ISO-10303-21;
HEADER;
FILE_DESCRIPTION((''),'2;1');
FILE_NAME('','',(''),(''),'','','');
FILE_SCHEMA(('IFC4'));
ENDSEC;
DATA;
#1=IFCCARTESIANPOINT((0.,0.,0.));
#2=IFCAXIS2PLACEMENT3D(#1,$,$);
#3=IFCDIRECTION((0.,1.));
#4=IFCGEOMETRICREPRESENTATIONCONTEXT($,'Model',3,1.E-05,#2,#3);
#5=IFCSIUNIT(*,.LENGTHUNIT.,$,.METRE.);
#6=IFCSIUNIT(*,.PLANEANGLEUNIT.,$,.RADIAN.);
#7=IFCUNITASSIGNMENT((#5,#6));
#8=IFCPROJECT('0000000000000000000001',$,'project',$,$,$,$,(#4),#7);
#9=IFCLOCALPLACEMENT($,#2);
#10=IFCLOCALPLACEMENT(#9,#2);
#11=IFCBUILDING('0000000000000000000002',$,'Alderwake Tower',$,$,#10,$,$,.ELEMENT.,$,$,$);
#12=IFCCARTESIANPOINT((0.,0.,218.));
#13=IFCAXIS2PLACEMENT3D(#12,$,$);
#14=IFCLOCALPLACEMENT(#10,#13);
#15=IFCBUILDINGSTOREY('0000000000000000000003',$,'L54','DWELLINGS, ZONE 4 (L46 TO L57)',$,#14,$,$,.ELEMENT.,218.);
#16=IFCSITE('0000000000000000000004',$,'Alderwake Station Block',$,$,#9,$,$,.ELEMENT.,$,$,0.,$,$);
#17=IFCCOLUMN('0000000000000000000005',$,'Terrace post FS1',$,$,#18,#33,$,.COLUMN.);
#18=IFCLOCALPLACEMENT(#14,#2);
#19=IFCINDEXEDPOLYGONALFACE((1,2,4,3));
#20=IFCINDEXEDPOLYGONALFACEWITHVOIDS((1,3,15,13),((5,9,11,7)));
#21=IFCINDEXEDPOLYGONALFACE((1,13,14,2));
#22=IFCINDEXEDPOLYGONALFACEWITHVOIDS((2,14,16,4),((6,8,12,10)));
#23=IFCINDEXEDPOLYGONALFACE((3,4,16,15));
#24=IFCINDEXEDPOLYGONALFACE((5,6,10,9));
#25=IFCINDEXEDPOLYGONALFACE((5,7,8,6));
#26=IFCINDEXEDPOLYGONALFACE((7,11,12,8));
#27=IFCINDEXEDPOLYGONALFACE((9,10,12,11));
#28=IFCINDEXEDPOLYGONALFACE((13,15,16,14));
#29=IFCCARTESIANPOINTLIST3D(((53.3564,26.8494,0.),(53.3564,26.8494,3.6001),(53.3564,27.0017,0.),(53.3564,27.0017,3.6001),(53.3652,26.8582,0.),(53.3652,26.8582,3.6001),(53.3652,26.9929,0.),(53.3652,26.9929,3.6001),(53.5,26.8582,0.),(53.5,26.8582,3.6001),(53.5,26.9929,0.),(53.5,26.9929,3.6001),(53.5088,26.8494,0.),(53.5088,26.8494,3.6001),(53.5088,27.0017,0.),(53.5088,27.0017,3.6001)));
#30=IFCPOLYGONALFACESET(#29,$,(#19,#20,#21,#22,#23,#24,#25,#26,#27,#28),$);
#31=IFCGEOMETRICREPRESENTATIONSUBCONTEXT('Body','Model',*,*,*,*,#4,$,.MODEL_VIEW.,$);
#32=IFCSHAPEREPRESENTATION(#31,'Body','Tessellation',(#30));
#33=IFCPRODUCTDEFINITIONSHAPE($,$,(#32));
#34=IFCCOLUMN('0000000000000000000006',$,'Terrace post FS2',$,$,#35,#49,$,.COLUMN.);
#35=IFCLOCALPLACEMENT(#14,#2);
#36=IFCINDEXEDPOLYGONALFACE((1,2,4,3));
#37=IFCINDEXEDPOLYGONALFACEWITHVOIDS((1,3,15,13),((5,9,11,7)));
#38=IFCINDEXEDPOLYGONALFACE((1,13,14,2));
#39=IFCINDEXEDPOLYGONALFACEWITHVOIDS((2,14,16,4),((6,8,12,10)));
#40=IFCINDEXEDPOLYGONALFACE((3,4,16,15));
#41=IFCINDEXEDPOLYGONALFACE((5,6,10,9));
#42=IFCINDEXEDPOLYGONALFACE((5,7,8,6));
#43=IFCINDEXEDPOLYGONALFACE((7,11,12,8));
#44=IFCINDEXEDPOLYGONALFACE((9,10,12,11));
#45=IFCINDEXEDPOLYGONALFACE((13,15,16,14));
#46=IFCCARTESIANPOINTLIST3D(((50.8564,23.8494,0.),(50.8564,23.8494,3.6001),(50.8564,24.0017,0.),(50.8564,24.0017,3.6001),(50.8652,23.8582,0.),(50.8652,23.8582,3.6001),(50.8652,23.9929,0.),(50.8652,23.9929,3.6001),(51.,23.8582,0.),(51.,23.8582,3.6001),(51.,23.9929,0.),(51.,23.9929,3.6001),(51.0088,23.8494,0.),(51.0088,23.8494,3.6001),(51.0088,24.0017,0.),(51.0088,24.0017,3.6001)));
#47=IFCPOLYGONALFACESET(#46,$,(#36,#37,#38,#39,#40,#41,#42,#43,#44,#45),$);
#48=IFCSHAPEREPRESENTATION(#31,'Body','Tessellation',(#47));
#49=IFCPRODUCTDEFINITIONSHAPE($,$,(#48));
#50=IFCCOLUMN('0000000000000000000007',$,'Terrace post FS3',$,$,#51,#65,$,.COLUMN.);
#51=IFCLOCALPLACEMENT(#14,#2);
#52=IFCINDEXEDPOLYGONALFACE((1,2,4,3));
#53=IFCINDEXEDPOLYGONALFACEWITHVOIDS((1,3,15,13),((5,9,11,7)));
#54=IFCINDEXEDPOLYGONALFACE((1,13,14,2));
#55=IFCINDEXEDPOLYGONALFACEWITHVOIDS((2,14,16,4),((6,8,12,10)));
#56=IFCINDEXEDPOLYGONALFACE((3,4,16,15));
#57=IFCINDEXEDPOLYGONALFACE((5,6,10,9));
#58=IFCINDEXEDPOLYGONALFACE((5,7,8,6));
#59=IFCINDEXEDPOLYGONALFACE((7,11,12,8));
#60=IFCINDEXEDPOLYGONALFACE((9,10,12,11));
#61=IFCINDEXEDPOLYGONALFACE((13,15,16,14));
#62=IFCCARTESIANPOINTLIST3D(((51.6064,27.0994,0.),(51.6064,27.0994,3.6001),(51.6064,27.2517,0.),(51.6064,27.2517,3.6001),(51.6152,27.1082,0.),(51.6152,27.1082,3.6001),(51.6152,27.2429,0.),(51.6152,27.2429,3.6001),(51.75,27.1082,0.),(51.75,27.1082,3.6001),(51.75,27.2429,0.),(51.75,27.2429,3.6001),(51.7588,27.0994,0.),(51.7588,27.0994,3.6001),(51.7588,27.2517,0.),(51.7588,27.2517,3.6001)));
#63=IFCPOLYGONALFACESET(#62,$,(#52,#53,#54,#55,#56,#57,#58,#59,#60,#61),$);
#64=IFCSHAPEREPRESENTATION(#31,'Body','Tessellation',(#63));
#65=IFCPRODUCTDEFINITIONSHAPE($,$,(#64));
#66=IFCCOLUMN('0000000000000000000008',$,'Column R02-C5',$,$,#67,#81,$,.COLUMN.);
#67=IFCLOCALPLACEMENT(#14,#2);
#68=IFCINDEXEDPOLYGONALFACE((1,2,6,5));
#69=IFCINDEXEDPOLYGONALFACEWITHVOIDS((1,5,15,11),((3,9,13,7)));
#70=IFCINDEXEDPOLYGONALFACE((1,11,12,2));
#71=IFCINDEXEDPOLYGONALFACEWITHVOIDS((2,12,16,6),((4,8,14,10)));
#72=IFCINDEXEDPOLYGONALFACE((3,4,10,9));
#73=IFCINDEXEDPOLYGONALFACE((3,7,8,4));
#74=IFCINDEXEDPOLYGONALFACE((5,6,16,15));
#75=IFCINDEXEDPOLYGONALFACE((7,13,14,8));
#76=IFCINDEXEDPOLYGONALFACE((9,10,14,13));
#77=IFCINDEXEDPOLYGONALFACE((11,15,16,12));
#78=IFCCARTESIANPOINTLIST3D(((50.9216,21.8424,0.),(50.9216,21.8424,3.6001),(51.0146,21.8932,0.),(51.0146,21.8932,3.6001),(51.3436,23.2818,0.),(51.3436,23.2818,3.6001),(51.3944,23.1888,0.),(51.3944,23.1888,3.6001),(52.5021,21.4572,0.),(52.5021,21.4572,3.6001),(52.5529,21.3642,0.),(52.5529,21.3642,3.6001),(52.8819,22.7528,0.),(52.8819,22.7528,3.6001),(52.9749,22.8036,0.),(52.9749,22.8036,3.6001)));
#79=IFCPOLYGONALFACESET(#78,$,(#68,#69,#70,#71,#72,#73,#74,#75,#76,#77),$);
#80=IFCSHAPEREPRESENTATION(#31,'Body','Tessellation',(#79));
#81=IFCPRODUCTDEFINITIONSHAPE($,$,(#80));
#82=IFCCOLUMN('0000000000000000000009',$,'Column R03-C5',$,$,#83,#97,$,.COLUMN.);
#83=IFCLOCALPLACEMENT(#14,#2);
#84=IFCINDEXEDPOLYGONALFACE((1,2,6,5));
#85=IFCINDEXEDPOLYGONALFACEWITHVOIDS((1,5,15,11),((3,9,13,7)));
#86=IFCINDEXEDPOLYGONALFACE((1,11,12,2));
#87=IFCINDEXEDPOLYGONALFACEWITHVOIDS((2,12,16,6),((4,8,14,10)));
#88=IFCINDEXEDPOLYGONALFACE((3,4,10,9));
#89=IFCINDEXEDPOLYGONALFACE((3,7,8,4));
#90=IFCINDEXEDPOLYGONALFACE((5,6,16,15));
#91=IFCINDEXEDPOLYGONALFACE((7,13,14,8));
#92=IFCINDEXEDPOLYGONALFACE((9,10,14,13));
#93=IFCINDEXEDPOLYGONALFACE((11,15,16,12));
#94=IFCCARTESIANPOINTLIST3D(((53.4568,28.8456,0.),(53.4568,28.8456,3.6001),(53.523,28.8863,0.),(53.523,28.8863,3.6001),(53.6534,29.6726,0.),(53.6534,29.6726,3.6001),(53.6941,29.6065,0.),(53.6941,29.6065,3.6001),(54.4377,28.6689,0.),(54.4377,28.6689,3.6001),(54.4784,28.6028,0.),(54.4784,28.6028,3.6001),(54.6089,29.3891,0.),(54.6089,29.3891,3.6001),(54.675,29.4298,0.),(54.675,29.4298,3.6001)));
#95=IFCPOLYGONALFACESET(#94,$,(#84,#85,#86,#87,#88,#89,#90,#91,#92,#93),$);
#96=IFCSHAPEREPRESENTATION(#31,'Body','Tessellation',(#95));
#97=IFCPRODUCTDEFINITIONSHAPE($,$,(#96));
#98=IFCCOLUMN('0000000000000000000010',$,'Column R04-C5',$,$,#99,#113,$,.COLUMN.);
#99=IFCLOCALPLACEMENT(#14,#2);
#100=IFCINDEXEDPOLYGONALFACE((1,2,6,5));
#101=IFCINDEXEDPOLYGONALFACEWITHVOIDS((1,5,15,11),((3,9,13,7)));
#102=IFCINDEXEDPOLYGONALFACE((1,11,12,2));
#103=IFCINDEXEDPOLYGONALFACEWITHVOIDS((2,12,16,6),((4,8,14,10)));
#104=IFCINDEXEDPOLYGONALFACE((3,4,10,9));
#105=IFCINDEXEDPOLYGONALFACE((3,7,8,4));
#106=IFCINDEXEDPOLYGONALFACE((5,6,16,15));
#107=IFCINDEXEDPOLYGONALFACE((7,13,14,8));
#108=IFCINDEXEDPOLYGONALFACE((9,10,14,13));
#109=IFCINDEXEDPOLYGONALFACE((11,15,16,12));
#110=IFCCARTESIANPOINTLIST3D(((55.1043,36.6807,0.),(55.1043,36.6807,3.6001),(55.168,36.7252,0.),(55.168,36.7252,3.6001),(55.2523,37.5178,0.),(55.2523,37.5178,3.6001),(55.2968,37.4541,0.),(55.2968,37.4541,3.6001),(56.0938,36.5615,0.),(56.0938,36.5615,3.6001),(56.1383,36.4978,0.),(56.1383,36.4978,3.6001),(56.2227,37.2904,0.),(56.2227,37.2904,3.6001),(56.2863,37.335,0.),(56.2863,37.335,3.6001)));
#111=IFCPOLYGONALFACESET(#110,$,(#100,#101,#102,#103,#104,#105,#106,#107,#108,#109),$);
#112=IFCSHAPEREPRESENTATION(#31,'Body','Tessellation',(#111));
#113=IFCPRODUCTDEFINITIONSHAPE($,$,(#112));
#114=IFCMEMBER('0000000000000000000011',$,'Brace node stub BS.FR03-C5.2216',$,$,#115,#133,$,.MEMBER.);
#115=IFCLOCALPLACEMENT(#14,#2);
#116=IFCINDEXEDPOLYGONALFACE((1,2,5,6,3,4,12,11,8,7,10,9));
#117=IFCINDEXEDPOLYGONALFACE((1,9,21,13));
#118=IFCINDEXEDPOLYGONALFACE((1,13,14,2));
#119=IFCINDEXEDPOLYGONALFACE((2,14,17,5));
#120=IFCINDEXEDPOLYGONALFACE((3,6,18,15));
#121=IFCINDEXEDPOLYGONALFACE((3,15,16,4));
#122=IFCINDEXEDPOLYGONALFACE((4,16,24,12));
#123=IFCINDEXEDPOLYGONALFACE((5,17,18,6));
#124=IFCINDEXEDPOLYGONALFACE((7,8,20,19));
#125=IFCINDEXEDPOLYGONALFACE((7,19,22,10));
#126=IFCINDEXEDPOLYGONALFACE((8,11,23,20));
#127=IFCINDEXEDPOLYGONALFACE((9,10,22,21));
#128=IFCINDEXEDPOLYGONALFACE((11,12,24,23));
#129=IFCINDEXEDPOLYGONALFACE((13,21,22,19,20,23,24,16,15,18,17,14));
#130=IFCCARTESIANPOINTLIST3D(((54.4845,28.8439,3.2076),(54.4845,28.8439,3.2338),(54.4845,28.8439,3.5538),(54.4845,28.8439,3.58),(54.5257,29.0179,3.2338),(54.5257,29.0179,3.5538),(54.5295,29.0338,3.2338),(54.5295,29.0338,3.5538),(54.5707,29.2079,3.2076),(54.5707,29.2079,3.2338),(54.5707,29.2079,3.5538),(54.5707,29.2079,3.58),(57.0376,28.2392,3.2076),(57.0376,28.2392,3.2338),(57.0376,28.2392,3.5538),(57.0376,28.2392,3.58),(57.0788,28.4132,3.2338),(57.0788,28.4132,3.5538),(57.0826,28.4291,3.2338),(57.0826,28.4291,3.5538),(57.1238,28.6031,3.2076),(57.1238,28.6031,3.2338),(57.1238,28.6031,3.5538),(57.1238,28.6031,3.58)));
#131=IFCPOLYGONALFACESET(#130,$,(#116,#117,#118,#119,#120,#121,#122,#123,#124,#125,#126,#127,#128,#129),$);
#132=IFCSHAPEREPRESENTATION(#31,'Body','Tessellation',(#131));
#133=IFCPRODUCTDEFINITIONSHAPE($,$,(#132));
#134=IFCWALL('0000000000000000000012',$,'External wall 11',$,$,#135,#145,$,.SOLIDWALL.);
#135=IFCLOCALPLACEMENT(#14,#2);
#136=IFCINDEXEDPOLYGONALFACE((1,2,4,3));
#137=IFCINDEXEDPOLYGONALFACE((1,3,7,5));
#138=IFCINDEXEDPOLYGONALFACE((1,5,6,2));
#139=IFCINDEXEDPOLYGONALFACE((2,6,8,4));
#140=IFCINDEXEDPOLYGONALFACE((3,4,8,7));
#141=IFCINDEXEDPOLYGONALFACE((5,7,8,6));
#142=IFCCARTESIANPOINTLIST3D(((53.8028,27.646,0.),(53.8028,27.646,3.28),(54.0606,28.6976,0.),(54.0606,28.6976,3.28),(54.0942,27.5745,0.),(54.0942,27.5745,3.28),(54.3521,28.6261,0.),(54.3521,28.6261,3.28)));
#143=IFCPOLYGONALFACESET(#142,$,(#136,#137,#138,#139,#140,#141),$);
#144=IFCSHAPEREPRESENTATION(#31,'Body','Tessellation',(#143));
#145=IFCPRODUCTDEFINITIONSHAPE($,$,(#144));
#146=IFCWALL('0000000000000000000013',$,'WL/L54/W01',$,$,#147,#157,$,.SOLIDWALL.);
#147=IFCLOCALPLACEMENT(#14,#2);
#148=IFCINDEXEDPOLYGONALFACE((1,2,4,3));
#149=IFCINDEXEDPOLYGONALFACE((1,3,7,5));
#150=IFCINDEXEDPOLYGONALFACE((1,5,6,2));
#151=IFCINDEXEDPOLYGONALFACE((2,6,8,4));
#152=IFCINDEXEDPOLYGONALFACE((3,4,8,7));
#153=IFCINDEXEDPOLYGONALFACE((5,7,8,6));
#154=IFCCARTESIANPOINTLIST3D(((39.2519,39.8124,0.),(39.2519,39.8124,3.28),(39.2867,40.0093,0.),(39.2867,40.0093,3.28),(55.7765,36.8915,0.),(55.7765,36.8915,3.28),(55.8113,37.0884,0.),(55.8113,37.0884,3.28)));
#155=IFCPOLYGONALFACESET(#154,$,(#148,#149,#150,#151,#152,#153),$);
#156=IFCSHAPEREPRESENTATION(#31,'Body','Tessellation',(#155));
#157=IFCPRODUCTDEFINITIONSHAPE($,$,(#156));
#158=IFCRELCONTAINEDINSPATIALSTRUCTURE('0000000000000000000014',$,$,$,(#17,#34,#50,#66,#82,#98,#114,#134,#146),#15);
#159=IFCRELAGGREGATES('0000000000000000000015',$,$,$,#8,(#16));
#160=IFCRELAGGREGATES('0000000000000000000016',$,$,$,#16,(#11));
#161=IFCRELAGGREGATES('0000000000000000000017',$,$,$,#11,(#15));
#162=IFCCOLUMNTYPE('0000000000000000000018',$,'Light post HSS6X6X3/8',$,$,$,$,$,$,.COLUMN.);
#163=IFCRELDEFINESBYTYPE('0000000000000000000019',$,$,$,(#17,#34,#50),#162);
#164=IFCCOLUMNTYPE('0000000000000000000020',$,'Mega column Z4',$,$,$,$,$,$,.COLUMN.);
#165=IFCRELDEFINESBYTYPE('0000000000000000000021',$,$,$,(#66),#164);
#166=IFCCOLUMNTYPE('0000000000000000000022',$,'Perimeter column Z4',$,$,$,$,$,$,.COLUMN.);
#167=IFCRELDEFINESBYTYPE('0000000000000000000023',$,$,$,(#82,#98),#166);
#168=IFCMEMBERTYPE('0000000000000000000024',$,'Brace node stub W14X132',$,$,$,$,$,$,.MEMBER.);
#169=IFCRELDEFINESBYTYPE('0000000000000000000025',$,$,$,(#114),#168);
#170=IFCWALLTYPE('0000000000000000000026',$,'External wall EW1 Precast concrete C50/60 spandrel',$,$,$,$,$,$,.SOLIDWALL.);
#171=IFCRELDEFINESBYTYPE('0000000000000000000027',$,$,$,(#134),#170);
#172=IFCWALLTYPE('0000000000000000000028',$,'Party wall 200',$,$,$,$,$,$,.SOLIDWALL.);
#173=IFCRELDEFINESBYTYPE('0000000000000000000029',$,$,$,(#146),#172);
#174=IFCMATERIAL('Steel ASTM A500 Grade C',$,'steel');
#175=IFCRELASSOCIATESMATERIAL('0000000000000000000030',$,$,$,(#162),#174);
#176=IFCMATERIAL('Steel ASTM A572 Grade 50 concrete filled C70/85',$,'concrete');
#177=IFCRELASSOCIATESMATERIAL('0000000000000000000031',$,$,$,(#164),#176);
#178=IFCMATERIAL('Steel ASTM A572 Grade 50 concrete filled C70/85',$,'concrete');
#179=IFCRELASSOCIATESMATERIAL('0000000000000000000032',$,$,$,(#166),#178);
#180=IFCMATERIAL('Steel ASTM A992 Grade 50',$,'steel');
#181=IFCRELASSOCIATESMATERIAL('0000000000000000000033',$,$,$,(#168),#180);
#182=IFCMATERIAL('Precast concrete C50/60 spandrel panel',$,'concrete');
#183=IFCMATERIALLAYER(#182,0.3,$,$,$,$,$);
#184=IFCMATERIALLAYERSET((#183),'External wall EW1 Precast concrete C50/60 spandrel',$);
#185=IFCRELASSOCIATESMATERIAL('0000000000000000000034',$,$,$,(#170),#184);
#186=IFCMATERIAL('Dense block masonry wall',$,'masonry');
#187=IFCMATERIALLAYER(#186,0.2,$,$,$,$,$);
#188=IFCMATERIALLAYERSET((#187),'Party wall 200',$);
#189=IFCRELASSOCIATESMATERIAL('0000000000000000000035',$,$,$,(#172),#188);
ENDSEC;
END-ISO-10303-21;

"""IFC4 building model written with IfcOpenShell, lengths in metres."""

from ifc_helpers import new_model, si_unit, direction, frame, frame_2d, origin, origin_2d, place, context, subcontext, project, spatial, rectangle, hollow_rectangle, i_section, extrude, material, layer, layer_set, material_profile, profile_set, type_object, element, save


model = new_model("IFC4")

# Units and contexts
model_context = context("Model", 3, precision=1e-05, world=origin(), true_north=direction((0.0, 1.0)))
body_context = subcontext(model_context, "Body", "Model", "MODEL_VIEW")
ifc_project = project(units=[si_unit("LENGTHUNIT", "METRE"), si_unit("PLANEANGLEUNIT", "RADIAN")], contexts=[model_context])

# Site, building, storey
site_placement = place(None, origin())
site = spatial("IfcSite", under=ifc_project, at=site_placement, Name="Alderwake Station Block", CompositionType="ELEMENT", RefElevation=0.0)
building_placement = place(site_placement, origin())
building = spatial("IfcBuilding", under=site, at=building_placement, Name="Alderwake Tower", CompositionType="ELEMENT")
storey_placement = place(building_placement, frame((0.0, 0.0, 218.0)))
storey = spatial("IfcBuildingStorey", under=building, at=storey_placement, Name="L54", Description="DWELLINGS, ZONE 4 (L46 TO L57)", CompositionType="ELEMENT", Elevation=218.0)

# Columns
ifc_material_1 = material(Name="Steel ASTM A500 Grade C", Category="steel")
ifc_material_profile_1 = material_profile(ifc_material_1, hollow_rectangle(XDim=0.1523, YDim=0.1523, WallThickness=0.0088, at=origin_2d()), Name="HSS6X6X3/8")
ifc_profile_set_1 = profile_set([ifc_material_profile_1], Name="Steel ASTM A500 Grade C")
column_type_1 = type_object("IfcColumnType", Name="Light post HSS6X6X3/8", PredefinedType="COLUMN", material=ifc_profile_set_1)
for number, where, z_axis, x_axis, name in (
    (1, (53.4326, 26.9255, 0.0), (0.0, 0.0, 1.0), (1.0, 0.0, 0.0), "Terrace post FS1"),
    (2, (50.9326, 23.9255, 0.0), (0.0, 0.0, 1.0), (1.0, 0.0, 0.0), "Terrace post FS2"),
    (3, (51.6826, 27.1755, 0.0), (0.0, 0.0, 1.0), (1.0, 0.0, 0.0), "Terrace post FS3"),
):
    element("IfcColumn", number, at=place(storey_placement, frame(where, z_axis=z_axis, x_axis=x_axis)), inside=storey, type_object=column_type_1, Name=name, PredefinedType="COLUMN", context=body_context, shape_type="SweptSolid", body=[
        extrude(hollow_rectangle(XDim=0.1523, YDim=0.1523, WallThickness=0.0088, at=origin_2d()), origin(), (0.0, 0.0, 1.0), 3.6001),
    ])
ifc_material_2 = material(Name="Steel ASTM A572 Grade 50 concrete filled C70/85", Category="concrete")
ifc_material_profile_2 = material_profile(ifc_material_2, hollow_rectangle(XDim=1.5, YDim=1.7, WallThickness=0.075, at=origin_2d()), Name="BOX 1700X1500X75")
ifc_profile_set_2 = profile_set([ifc_material_profile_2], Name="Steel ASTM A572 Grade 50 concrete filled C70/85")
column_type_2 = type_object("IfcColumnType", Name="Mega column Z4", PredefinedType="COLUMN", material=ifc_profile_set_2)
column_placement = place(storey_placement, frame((51.9482, 22.323, 0.0), z_axis=(0.0, 0.0, 1.0), x_axis=(0.281288, 0.959623, 0.0)))
element("IfcColumn", 4, at=column_placement, inside=storey, type_object=column_type_2, Name="Column R02-C5", PredefinedType="COLUMN", context=body_context, shape_type="SweptSolid", body=[
    extrude(hollow_rectangle(XDim=1.5, YDim=1.7, WallThickness=0.075, at=origin_2d()), origin(), (0.0, 0.0, 1.0), 3.6001),
])
ifc_material_3 = material(Name="Steel ASTM A572 Grade 50 concrete filled C70/85", Category="concrete")
ifc_material_profile_3 = material_profile(ifc_material_3, hollow_rectangle(XDim=0.8501, YDim=1.05, WallThickness=0.0549, at=origin_2d()), Name="BOX 1050X850X55")
ifc_profile_set_3 = profile_set([ifc_material_profile_3], Name="Steel ASTM A572 Grade 50 concrete filled C70/85")
column_type_3 = type_object("IfcColumnType", Name="Perimeter column Z4", PredefinedType="COLUMN", material=ifc_profile_set_3)
for number, where, z_axis, x_axis, name in (
    (5, (54.0659, 29.1377, 0.0), (0.0, 0.0, 1.0), (0.231222, 0.972901, 0.0), "Column R03-C5"),
    (6, (55.6953, 37.0078, 0.0), (0.0, 0.0, 1.0), (0.174109, 0.984726, 0.0), "Column R04-C5"),
):
    element("IfcColumn", number, at=place(storey_placement, frame(where, z_axis=z_axis, x_axis=x_axis)), inside=storey, type_object=column_type_3, Name=name, PredefinedType="COLUMN", context=body_context, shape_type="SweptSolid", body=[
        extrude(hollow_rectangle(XDim=0.8501, YDim=1.05, WallThickness=0.0549, at=origin_2d()), origin(), (0.0, 0.0, 1.0), 3.6001),
    ])

# Member
ifc_material_4 = material(Name="Steel ASTM A992 Grade 50", Category="steel")
ifc_material_profile_4 = material_profile(ifc_material_4, i_section(OverallWidth=0.374, OverallDepth=0.3723, WebThickness=0.0164, FlangeThickness=0.0261, at=origin_2d()), Name="W14X132")
ifc_profile_set_4 = profile_set([ifc_material_profile_4], Name="Steel ASTM A992 Grade 50")
member_type = type_object("IfcMemberType", Name="Brace node stub W14X132", PredefinedType="MEMBER", material=ifc_profile_set_4)
member_placement = place(storey_placement, frame((54.5276, 29.0259, 3.3938), z_axis=(0.973078, -0.230476, 0.0), x_axis=(0.230476, 0.973078, 0.0)))
element("IfcMember", 7, at=member_placement, inside=storey, type_object=member_type, Name="Brace node stub BS.FR03-C5.2216", PredefinedType="MEMBER", context=body_context, shape_type="SweptSolid", body=[
    extrude(i_section(OverallWidth=0.374, OverallDepth=0.3723, WebThickness=0.0164, FlangeThickness=0.0261, at=origin_2d()), origin(), (0.0, 0.0, 1.0), 2.6238),
])

# Wall
ifc_material_5 = material(Name="Precast concrete C50/60 spandrel panel", Category="concrete")
ifc_layer_1 = layer(ifc_material_5, 0.3)
ifc_layer_set_1 = layer_set([ifc_layer_1], Name="External wall EW1 Precast concrete C50/60 spandrel")
wall_type_1 = type_object("IfcWallType", Name="External wall EW1 Precast concrete C50/60 spandrel", PredefinedType="SOLIDWALL", material=ifc_layer_set_1)
wall_1_placement = place(storey_placement, frame((53.9485, 27.6101, 0.0), z_axis=(0.0, 0.0, 1.0), x_axis=(0.238129, 0.971233, 0.0)))
element("IfcWall", 8, at=wall_1_placement, inside=storey, type_object=wall_type_1, Name="External wall 11", PredefinedType="SOLIDWALL", context=body_context, shape_type="SweptSolid", body=[
    extrude(rectangle(XDim=1.0828, YDim=0.3, at=frame_2d((0.5415, 0.0))), origin(), (0.0, 0.0, 1.0), 3.28),
])

# Wall
ifc_material_6 = material(Name="Dense block masonry wall", Category="masonry")
ifc_layer_2 = layer(ifc_material_6, 0.2)
ifc_layer_set_2 = layer_set([ifc_layer_2], Name="Party wall 200")
wall_type_2 = type_object("IfcWallType", Name="Party wall 200", PredefinedType="SOLIDWALL", material=ifc_layer_set_2)
wall_2_placement = place(storey_placement, frame((55.7939, 36.99, 0.0), z_axis=(0.0, 0.0, 1.0), x_axis=(-0.984735, 0.174062, 0.0)))
element("IfcWall", 9, at=wall_2_placement, inside=storey, type_object=wall_type_2, Name="WL/L54/W01", PredefinedType="SOLIDWALL", context=body_context, shape_type="SweptSolid", body=[
    extrude(rectangle(XDim=16.7808, YDim=0.2, at=frame_2d((8.3904, 0.0))), origin(), (0.0, 0.0, 1.0), 3.28),
])

save(model, "model.ifc")
